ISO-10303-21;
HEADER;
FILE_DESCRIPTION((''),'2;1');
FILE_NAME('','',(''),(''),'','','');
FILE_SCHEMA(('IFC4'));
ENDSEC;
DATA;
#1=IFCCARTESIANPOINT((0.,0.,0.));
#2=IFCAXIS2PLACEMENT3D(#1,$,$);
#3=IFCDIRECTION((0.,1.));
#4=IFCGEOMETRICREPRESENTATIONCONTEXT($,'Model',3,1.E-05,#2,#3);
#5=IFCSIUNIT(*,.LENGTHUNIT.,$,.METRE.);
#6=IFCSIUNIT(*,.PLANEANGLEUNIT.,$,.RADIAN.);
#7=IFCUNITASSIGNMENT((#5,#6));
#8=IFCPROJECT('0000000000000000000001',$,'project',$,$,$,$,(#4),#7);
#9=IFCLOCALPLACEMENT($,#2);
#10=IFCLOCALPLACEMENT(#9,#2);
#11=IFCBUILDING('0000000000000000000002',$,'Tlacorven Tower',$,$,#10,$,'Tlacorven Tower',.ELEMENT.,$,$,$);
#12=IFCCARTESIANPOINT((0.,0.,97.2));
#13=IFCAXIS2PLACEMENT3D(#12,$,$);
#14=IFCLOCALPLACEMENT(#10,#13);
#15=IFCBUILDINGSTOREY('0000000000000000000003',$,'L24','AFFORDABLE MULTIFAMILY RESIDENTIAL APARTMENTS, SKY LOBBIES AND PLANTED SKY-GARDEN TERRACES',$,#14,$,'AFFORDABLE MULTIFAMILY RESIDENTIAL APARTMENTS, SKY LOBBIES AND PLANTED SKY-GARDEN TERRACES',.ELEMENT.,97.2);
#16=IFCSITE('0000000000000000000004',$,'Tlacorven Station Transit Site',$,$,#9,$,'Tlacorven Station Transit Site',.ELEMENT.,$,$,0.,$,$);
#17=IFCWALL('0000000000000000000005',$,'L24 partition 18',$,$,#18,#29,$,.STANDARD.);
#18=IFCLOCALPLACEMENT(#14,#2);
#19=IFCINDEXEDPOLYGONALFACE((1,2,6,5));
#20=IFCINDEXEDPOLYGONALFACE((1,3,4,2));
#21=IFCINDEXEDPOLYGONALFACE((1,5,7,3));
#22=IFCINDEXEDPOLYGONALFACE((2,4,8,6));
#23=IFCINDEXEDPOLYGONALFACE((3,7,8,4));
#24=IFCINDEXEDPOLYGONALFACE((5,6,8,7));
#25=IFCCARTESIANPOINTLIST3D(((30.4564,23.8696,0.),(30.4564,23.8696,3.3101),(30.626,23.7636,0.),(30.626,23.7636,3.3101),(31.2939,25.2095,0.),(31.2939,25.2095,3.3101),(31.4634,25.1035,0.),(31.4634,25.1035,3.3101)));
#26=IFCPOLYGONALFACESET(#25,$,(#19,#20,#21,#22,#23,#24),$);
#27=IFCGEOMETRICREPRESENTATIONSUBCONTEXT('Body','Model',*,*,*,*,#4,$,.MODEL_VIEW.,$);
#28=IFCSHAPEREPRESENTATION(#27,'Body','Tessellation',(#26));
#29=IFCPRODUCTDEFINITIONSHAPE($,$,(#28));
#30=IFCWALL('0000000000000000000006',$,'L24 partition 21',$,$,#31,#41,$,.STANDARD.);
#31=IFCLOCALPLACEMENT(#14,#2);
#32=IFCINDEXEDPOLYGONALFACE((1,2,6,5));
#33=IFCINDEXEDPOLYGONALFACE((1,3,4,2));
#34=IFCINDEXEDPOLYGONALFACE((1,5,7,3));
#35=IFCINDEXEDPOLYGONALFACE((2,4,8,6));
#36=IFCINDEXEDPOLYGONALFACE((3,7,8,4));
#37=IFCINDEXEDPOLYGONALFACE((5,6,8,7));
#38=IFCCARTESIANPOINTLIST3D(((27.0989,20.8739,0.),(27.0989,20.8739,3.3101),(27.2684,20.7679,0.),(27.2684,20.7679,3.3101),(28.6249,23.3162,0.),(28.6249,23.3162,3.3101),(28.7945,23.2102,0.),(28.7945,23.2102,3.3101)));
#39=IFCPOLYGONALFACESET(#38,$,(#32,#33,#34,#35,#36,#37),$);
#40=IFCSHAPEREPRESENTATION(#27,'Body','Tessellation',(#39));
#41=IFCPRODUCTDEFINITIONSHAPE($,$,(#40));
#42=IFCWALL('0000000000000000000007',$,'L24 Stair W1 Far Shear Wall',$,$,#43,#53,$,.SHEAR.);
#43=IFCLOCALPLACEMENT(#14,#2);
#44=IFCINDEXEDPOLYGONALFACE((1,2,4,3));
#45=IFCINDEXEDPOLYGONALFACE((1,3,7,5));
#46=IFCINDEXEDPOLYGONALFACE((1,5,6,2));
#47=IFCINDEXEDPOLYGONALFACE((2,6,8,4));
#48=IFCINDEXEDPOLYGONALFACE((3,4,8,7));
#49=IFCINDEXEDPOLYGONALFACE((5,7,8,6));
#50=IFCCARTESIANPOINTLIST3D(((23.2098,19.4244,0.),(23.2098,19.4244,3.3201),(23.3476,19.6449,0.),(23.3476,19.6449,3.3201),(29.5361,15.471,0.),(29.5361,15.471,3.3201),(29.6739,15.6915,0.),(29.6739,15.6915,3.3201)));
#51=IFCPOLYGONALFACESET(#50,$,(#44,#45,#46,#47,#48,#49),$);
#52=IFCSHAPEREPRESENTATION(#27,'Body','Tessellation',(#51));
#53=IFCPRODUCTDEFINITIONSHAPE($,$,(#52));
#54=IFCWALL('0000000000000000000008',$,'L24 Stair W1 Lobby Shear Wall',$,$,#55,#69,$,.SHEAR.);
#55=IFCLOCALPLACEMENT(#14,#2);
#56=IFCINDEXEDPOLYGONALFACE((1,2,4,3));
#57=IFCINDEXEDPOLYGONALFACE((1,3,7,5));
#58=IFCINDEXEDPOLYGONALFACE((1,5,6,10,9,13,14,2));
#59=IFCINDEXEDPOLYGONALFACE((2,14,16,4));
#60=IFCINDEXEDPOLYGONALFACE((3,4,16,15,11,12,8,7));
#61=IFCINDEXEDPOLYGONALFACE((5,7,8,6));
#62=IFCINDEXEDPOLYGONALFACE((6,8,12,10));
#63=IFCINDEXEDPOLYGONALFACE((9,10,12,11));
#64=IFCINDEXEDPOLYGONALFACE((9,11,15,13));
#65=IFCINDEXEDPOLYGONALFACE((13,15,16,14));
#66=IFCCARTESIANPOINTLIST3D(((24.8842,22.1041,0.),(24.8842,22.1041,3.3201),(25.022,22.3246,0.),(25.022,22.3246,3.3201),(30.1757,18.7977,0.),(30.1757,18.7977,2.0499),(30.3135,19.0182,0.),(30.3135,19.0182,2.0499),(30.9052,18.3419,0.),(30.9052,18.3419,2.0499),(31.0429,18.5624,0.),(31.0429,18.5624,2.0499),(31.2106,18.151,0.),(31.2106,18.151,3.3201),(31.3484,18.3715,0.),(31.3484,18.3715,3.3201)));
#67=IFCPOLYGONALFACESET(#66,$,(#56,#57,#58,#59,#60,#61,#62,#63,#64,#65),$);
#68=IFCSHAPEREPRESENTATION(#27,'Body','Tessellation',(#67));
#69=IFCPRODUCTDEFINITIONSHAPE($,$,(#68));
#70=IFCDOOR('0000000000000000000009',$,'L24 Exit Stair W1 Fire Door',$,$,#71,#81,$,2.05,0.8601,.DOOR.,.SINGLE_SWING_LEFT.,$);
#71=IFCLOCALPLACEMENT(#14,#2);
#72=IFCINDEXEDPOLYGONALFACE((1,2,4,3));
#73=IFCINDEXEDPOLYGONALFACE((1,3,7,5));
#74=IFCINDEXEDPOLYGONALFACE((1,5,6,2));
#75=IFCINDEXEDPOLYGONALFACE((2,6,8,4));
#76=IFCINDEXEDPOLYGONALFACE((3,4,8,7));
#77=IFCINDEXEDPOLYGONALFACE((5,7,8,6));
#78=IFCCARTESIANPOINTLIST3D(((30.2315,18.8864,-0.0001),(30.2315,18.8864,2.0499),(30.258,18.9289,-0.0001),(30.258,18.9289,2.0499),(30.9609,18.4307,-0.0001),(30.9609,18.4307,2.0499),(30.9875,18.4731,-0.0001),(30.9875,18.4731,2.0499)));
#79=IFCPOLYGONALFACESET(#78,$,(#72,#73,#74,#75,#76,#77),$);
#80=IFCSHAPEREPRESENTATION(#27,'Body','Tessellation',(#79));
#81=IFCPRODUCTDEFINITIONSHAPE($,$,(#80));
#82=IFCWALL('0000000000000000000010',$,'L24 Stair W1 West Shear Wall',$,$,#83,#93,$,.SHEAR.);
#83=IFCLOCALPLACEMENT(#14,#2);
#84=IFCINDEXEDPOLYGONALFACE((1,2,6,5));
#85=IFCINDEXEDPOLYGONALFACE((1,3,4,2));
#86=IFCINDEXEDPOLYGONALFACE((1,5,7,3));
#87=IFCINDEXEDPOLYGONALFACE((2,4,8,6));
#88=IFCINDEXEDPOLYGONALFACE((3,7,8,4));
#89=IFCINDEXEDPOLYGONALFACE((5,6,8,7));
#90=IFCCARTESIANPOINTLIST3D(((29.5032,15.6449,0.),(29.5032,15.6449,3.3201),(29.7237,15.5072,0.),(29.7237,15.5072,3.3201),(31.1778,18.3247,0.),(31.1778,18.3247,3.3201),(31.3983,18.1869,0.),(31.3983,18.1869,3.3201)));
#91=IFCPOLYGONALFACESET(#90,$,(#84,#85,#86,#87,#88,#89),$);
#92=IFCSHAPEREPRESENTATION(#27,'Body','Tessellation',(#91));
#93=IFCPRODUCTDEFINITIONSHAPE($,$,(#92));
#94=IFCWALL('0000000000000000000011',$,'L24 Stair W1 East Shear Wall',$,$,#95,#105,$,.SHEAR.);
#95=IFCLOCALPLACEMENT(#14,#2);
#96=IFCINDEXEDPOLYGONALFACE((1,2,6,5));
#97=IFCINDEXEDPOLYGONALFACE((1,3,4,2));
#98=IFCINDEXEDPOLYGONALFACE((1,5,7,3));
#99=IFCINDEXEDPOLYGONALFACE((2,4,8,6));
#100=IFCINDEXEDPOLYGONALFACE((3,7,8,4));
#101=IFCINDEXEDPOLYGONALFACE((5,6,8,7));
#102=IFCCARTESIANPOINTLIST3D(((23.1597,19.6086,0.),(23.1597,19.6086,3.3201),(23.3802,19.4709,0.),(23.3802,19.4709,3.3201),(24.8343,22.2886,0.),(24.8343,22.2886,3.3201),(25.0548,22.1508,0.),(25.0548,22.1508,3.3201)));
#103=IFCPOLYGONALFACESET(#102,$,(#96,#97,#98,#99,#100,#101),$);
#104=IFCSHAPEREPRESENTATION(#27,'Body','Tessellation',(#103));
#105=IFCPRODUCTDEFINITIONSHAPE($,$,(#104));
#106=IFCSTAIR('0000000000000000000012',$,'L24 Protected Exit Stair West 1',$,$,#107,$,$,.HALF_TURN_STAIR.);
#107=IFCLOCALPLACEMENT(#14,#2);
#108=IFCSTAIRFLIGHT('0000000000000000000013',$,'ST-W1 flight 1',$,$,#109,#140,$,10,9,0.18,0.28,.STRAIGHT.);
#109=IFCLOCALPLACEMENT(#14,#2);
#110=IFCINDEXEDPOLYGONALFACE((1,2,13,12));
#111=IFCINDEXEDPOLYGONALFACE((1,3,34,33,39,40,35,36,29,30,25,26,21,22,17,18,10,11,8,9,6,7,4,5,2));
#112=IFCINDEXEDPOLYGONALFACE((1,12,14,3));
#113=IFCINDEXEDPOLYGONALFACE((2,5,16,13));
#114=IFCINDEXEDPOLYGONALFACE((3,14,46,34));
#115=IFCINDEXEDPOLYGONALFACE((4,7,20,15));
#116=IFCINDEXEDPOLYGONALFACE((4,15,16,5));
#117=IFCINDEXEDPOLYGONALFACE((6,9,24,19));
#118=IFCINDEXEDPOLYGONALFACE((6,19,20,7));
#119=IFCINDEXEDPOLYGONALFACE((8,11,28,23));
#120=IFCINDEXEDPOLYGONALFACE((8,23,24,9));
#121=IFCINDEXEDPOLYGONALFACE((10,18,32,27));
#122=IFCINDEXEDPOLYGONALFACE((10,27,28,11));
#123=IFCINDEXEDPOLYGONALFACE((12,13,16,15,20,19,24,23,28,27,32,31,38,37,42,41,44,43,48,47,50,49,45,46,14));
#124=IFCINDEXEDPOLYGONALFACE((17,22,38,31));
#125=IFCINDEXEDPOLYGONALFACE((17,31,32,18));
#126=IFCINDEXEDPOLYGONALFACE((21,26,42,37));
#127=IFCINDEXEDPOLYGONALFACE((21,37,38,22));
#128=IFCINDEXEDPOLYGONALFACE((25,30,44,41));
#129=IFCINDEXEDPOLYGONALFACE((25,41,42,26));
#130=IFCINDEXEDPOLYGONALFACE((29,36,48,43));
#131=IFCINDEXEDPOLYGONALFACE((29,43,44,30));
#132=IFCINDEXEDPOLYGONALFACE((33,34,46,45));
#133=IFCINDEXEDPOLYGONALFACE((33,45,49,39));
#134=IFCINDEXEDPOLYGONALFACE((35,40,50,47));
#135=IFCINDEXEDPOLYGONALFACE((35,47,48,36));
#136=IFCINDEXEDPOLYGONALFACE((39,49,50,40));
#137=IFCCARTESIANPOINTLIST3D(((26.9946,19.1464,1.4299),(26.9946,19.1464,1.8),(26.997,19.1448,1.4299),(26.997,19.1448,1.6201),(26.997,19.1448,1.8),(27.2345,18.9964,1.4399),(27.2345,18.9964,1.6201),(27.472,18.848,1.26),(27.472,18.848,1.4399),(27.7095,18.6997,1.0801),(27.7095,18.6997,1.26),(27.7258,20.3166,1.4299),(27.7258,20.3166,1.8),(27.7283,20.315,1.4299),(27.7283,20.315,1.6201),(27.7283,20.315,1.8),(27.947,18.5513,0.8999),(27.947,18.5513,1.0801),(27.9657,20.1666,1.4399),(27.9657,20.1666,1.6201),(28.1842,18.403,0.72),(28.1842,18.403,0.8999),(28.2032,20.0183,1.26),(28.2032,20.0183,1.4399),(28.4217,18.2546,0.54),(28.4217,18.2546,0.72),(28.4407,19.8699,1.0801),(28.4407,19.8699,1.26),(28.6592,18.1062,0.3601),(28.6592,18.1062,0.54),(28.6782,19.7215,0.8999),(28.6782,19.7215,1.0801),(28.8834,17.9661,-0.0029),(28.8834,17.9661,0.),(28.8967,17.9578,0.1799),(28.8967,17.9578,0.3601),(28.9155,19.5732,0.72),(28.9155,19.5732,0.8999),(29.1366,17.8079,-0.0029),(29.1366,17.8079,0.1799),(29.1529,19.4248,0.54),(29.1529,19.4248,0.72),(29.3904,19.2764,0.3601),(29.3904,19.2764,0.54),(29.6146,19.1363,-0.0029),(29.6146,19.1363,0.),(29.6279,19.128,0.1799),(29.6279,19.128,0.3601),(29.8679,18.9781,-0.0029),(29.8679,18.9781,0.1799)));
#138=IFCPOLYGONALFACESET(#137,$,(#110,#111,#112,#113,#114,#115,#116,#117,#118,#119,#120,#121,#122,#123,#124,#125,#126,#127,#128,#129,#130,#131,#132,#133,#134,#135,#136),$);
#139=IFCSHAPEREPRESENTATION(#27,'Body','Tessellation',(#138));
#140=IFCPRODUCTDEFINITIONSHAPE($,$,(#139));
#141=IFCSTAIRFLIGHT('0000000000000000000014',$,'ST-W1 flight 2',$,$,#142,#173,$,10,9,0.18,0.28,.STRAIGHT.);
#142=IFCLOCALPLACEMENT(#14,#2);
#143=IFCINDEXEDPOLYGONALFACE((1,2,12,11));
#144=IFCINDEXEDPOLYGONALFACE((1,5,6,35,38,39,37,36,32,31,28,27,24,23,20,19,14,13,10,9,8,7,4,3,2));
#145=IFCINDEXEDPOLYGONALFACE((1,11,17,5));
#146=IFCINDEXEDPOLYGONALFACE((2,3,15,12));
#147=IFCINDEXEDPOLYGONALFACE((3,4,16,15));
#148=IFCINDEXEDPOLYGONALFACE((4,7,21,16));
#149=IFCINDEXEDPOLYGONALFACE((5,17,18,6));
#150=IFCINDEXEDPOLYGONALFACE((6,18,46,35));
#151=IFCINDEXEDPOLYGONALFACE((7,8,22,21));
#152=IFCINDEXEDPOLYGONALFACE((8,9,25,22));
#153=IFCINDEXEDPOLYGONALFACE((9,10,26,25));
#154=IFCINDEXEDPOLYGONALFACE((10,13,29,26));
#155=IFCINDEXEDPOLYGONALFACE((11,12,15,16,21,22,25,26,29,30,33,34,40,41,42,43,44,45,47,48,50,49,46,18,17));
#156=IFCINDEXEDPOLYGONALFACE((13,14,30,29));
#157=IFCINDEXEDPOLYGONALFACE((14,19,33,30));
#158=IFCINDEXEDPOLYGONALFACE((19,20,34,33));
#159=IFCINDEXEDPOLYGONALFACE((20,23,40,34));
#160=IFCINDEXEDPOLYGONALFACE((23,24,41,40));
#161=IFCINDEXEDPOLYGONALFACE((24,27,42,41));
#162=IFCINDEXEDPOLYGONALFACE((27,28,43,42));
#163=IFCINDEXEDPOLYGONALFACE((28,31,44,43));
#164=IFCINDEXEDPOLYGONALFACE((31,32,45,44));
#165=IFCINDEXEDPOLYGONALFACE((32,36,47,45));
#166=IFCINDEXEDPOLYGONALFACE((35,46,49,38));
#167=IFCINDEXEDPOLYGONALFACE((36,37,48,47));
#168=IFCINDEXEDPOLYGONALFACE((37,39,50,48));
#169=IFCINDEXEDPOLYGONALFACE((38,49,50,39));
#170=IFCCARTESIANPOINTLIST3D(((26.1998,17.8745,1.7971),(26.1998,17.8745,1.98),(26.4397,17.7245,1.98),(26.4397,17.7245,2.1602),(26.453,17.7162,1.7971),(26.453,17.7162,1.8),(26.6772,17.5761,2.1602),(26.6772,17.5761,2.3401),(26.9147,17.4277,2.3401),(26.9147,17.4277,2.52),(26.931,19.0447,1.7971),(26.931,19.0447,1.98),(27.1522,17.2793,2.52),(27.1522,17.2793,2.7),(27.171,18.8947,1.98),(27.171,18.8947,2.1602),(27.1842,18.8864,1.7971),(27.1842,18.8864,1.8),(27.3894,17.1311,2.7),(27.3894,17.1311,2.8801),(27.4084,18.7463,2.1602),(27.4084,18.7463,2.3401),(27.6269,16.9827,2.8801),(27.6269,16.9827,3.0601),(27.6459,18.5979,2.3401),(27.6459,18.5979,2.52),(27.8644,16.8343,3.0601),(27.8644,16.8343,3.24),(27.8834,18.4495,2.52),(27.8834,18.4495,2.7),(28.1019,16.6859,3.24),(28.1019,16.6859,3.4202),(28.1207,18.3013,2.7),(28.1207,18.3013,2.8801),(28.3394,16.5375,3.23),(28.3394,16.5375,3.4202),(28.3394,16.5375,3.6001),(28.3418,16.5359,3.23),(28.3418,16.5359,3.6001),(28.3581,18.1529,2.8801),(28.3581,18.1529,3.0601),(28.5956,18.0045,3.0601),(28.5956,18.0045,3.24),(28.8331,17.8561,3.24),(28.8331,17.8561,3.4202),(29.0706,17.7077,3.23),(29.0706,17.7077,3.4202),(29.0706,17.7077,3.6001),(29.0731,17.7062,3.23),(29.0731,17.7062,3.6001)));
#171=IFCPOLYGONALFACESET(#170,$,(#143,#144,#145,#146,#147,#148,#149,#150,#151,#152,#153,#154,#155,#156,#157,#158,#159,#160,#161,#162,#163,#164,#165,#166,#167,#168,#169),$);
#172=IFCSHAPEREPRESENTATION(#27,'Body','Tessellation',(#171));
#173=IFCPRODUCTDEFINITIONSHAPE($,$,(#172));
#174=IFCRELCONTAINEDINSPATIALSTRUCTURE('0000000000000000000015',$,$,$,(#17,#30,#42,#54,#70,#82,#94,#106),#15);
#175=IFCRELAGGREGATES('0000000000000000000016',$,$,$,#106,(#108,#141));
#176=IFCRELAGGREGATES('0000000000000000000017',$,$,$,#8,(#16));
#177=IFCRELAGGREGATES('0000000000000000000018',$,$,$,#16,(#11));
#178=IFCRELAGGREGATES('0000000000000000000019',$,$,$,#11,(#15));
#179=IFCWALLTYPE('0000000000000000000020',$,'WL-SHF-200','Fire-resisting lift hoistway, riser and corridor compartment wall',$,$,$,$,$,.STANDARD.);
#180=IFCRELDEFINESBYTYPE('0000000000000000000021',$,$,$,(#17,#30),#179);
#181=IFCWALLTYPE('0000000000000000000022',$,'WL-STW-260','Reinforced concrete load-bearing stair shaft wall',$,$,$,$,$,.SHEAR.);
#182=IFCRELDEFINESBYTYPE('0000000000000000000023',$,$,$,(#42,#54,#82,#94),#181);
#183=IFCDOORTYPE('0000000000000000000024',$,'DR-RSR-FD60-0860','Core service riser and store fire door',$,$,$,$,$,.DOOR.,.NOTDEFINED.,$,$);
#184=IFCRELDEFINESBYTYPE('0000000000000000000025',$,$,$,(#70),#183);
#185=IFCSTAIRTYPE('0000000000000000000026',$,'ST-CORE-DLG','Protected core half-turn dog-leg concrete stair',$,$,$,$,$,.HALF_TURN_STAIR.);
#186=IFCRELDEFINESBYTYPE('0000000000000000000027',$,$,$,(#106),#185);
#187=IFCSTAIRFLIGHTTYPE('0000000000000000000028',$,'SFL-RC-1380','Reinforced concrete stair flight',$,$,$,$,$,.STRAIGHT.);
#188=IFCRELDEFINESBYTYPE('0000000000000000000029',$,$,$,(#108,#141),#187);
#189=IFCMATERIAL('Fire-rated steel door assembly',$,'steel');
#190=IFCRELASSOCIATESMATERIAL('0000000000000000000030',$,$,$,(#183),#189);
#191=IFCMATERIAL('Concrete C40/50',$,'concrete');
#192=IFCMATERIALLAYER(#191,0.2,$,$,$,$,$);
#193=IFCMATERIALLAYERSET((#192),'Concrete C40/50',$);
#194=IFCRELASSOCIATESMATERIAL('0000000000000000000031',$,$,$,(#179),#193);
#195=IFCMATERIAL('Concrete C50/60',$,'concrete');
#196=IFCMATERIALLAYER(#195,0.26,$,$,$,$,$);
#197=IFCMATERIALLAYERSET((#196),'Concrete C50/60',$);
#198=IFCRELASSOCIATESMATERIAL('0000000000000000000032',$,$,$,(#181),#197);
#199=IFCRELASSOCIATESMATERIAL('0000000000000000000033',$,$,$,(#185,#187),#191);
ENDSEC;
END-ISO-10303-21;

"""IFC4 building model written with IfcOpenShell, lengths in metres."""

from ifc_helpers import new_model, si_unit, direction, frame, frame_2d, origin, place, context, subcontext, project, spatial, polyline, rectangle, outline, extrude, source, transform, mapped, material, layer, layer_set, type_object, element, fill, aggregate, save


model = new_model("IFC4")

# Units and contexts
model_context = context("Model", 3, precision=1e-05, world=origin(), true_north=direction((0.0, 1.0)))
body_context = subcontext(model_context, "Body", "Model", "MODEL_VIEW")
ifc_project = project(units=[si_unit("LENGTHUNIT", "METRE"), si_unit("PLANEANGLEUNIT", "RADIAN")], contexts=[model_context])

# Site, building, storey
site_placement = place(None, origin())
site = spatial("IfcSite", under=ifc_project, at=site_placement, Name="Tlacorven Station Transit Site", LongName="Tlacorven Station Transit Site", CompositionType="ELEMENT", RefElevation=0.0)
building_placement = place(site_placement, origin())
building = spatial("IfcBuilding", under=site, at=building_placement, Name="Tlacorven Tower", LongName="Tlacorven Tower", CompositionType="ELEMENT")
storey_placement = place(building_placement, frame((0.0, 0.0, 97.2)))
storey = spatial("IfcBuildingStorey", under=building, at=storey_placement, Name="L24", Description="AFFORDABLE MULTIFAMILY RESIDENTIAL APARTMENTS, SKY LOBBIES AND PLANTED SKY-GARDEN TERRACES", LongName="AFFORDABLE MULTIFAMILY RESIDENTIAL APARTMENTS, SKY LOBBIES AND PLANTED SKY-GARDEN TERRACES", CompositionType="ELEMENT", Elevation=97.2)

# Shared definitions
ifc_material_1 = material(Name="Fire-rated steel door assembly", Category="steel")
door_type_1 = type_object("IfcDoorType", Name="DR-RSR-FD60-0860", Description="Core service riser and store fire door", OperationType="NOTDEFINED", PredefinedType="DOOR", material=ifc_material_1)
shared_shape_1 = source(origin(), body_context, "Body", "SweptSolid", [
    extrude(rectangle(XDim=0.8601, YDim=2.05, at=frame_2d((0.4302, 1.0249))), frame((0.0, 0.0249, 0.0), z_axis=(0.0, -1.0, 0.0), x_axis=(1.0, 0.0, 0.0)), (0.0, 0.0, 1.0), 0.05),
])

# Walls
ifc_material_2 = material(Name="Concrete C40/50", Category="concrete")
ifc_layer_1 = layer(ifc_material_2, 0.2)
ifc_layer_set_1 = layer_set([ifc_layer_1], Name="Concrete C40/50")
wall_type_1 = type_object("IfcWallType", Name="WL-SHF-200", Description="Fire-resisting lift hoistway, riser and corridor compartment wall", PredefinedType="STANDARD", material=ifc_layer_set_1)
wall_1_placement = place(storey_placement, frame((31.3787, 25.1565, 0.0), z_axis=(0.0, 0.0, 1.0), x_axis=(-0.529999, -0.847998, 0.0)))
element("IfcWall", 1, at=wall_1_placement, inside=storey, type_object=wall_type_1, Name="L24 partition 18", PredefinedType="STANDARD", context=body_context, shape_type="SweptSolid", body=[
    extrude(rectangle(XDim=1.5801, YDim=0.2, at=frame_2d((0.79, 0.0))), origin(), (0.0, 0.0, 1.0), 3.3101),
])
wall_2_placement = place(storey_placement, frame((28.7097, 23.2632, 0.0), z_axis=(0.0, 0.0, 1.0), x_axis=(-0.529907, -0.848055, 0.0)))
element("IfcWall", 2, at=wall_2_placement, inside=storey, type_object=wall_type_1, Name="L24 partition 21", PredefinedType="STANDARD", context=body_context, shape_type="SweptSolid", body=[
    extrude(rectangle(XDim=2.8799, YDim=0.2, at=frame_2d((1.4399, 0.0))), origin(), (0.0, 0.0, 1.0), 3.3101),
])
ifc_material_3 = material(Name="Concrete C50/60", Category="concrete")
ifc_layer_2 = layer(ifc_material_3, 0.26)
ifc_layer_set_2 = layer_set([ifc_layer_2], Name="Concrete C50/60")
wall_type_2 = type_object("IfcWallType", Name="WL-STW-260", Description="Reinforced concrete load-bearing stair shaft wall", PredefinedType="SHEAR", material=ifc_layer_set_2)
wall_3_placement = place(storey_placement, frame((29.605, 15.5813, 0.0), z_axis=(0.0, 0.0, 1.0), x_axis=(-0.848037, 0.529937, 0.0)))
element("IfcWall", 3, at=wall_3_placement, inside=storey, type_object=wall_type_2, Name="L24 Stair W1 Far Shear Wall", PredefinedType="SHEAR", context=body_context, shape_type="SweptSolid", body=[
    extrude(rectangle(XDim=7.46, YDim=0.26, at=frame_2d((3.73, 0.0))), origin(), (0.0, 0.0, 1.0), 3.3201),
])

# Wall, opening, door
wall_4_placement = place(storey_placement, frame((31.2795, 18.2612, 0.0), z_axis=(0.0, 0.0, 1.0), x_axis=(-0.848052, 0.529914, 0.0)))
wall_4 = element("IfcWall", 4, at=wall_4_placement, inside=storey, type_object=wall_type_2, Name="L24 Stair W1 Lobby Shear Wall", PredefinedType="SHEAR", context=body_context, shape_type="SweptSolid", body=[
    extrude(rectangle(XDim=7.46, YDim=0.26, at=frame_2d((3.73, 0.0))), origin(), (0.0, 0.0, 1.0), 3.3201),
])
opening_1_placement = place(wall_4_placement, frame((0.3601, 0.0, 0.0)))
opening_1 = element("IfcOpeningElement", 5, at=opening_1_placement, cuts=wall_4, PredefinedType="OPENING", context=body_context, shape_type="SweptSolid", body=[
    extrude(rectangle(XDim=0.8601, YDim=2.05, at=frame_2d((0.4302, 1.0249))), frame((0.0, 0.1401, 0.0), z_axis=(0.0, -1.0, 0.0), x_axis=(1.0, 0.0, 0.0)), (0.0, 0.0, 1.0), 0.28),
])
door_1_placement = place(opening_1_placement, frame((0.8601, 0.0, 0.0), z_axis=(0.0, 0.0, 1.0), x_axis=(-1.0, 0.0, 0.0)))
door_1 = element("IfcDoor", 6, at=door_1_placement, inside=storey, type_object=door_type_1, Name="L24 Exit Stair W1 Fire Door", OperationType="SINGLE_SWING_LEFT", OverallHeight=2.05, OverallWidth=0.8601, PredefinedType="DOOR", context=body_context, shape_type="MappedRepresentation", body=[
    mapped(shared_shape_1, transform((0.0, 0.0, 0.0), scale=1.0)),
])
fill(opening_1, door_1)

# Walls
wall_5_placement = place(storey_placement, frame((31.2881, 18.2559, 0.0), z_axis=(0.0, 0.0, 1.0), x_axis=(-0.529943, -0.848033, 0.0)))
element("IfcWall", 7, at=wall_5_placement, inside=storey, type_object=wall_type_2, Name="L24 Stair W1 West Shear Wall", PredefinedType="SHEAR", context=body_context, shape_type="SweptSolid", body=[
    extrude(rectangle(XDim=3.1599, YDim=0.26, at=frame_2d((1.5801, 0.0))), origin(), (0.0, 0.0, 1.0), 3.3201),
])
wall_6_placement = place(storey_placement, frame((24.9446, 22.2197, 0.0), z_axis=(0.0, 0.0, 1.0), x_axis=(-0.529909, -0.848055, 0.0)))
element("IfcWall", 8, at=wall_6_placement, inside=storey, type_object=wall_type_2, Name="L24 Stair W1 East Shear Wall", PredefinedType="SHEAR", context=body_context, shape_type="SweptSolid", body=[
    extrude(rectangle(XDim=3.1602, YDim=0.26, at=frame_2d((1.5801, 0.0))), origin(), (0.0, 0.0, 1.0), 3.3201),
])

# Stair, stair flights
stair_type = type_object("IfcStairType", Name="ST-CORE-DLG", Description="Protected core half-turn dog-leg concrete stair", PredefinedType="HALF_TURN_STAIR", material=ifc_material_2)
stair_placement = place(storey_placement, origin())
stair = element("IfcStair", 9, at=stair_placement, inside=storey, type_object=stair_type, Name="L24 Protected Exit Stair West 1", PredefinedType="HALF_TURN_STAIR")
stair_flight_type = type_object("IfcStairFlightType", Name="SFL-RC-1380", Description="Reinforced concrete stair flight", PredefinedType="STRAIGHT", material=ifc_material_2)
shared_shape_2 = source(origin(), body_context, "Body", "SweptSolid", [
    extrude(outline(polyline([(-0.0029, -0.0029), (-0.0029, 0.1799), (0.28, 0.1799), (0.28, 0.3601), (0.5601, 0.3601), (0.5601, 0.54), (0.8401, 0.54), (0.8401, 0.72), (1.1201, 0.72), (1.1201, 0.8999), (1.3999, 0.8999), (1.3999, 1.0801), (1.6799, 1.0801), (1.6799, 1.26), (1.96, 1.26), (1.96, 1.4399), (2.24, 1.4399), (2.24, 1.6201), (2.52, 1.6201), (2.52, 1.8), (2.5229, 1.8), (2.5229, 1.4299), (2.52, 1.4299), (0.2957, 0.0), (0.2957, -0.0029), (-0.0029, -0.0029)])), frame((0.0, 0.6899, 0.0), z_axis=(0.0, -1.0, 0.0), x_axis=(1.0, 0.0, 0.0)), (0.0, 0.0, 1.0), 1.3799),
])
stair_flight_1_placement = place(storey_placement, frame((29.4998, 18.3945, 0.0), z_axis=(0.0, 0.0, 1.0), x_axis=(-0.848048, 0.529919, 0.0)))
stair_flight_1 = element("IfcStairFlight", 10, at=stair_flight_1_placement, type_object=stair_flight_type, Name="ST-W1 flight 1", NumberOfRisers=10, NumberOfTreads=9, PredefinedType="STRAIGHT", RiserHeight=0.18, TreadLength=0.28, context=body_context, shape_type="MappedRepresentation", body=[
    mapped(shared_shape_2, transform((0.0, 0.0, 0.0), scale=1.0)),
])
stair_flight_2_placement = place(storey_placement, frame((26.5679, 18.458, 1.8), z_axis=(0.0, 0.0, 1.0), x_axis=(0.848048, -0.529919, 0.0)))
stair_flight_2 = element("IfcStairFlight", 11, at=stair_flight_2_placement, type_object=stair_flight_type, Name="ST-W1 flight 2", NumberOfRisers=10, NumberOfTreads=9, PredefinedType="STRAIGHT", RiserHeight=0.18, TreadLength=0.28, context=body_context, shape_type="MappedRepresentation", body=[
    mapped(shared_shape_2, transform((0.0, 0.0, 0.0), scale=1.0)),
])
aggregate(stair, [stair_flight_1, stair_flight_2])

save(model, "model.ifc")
